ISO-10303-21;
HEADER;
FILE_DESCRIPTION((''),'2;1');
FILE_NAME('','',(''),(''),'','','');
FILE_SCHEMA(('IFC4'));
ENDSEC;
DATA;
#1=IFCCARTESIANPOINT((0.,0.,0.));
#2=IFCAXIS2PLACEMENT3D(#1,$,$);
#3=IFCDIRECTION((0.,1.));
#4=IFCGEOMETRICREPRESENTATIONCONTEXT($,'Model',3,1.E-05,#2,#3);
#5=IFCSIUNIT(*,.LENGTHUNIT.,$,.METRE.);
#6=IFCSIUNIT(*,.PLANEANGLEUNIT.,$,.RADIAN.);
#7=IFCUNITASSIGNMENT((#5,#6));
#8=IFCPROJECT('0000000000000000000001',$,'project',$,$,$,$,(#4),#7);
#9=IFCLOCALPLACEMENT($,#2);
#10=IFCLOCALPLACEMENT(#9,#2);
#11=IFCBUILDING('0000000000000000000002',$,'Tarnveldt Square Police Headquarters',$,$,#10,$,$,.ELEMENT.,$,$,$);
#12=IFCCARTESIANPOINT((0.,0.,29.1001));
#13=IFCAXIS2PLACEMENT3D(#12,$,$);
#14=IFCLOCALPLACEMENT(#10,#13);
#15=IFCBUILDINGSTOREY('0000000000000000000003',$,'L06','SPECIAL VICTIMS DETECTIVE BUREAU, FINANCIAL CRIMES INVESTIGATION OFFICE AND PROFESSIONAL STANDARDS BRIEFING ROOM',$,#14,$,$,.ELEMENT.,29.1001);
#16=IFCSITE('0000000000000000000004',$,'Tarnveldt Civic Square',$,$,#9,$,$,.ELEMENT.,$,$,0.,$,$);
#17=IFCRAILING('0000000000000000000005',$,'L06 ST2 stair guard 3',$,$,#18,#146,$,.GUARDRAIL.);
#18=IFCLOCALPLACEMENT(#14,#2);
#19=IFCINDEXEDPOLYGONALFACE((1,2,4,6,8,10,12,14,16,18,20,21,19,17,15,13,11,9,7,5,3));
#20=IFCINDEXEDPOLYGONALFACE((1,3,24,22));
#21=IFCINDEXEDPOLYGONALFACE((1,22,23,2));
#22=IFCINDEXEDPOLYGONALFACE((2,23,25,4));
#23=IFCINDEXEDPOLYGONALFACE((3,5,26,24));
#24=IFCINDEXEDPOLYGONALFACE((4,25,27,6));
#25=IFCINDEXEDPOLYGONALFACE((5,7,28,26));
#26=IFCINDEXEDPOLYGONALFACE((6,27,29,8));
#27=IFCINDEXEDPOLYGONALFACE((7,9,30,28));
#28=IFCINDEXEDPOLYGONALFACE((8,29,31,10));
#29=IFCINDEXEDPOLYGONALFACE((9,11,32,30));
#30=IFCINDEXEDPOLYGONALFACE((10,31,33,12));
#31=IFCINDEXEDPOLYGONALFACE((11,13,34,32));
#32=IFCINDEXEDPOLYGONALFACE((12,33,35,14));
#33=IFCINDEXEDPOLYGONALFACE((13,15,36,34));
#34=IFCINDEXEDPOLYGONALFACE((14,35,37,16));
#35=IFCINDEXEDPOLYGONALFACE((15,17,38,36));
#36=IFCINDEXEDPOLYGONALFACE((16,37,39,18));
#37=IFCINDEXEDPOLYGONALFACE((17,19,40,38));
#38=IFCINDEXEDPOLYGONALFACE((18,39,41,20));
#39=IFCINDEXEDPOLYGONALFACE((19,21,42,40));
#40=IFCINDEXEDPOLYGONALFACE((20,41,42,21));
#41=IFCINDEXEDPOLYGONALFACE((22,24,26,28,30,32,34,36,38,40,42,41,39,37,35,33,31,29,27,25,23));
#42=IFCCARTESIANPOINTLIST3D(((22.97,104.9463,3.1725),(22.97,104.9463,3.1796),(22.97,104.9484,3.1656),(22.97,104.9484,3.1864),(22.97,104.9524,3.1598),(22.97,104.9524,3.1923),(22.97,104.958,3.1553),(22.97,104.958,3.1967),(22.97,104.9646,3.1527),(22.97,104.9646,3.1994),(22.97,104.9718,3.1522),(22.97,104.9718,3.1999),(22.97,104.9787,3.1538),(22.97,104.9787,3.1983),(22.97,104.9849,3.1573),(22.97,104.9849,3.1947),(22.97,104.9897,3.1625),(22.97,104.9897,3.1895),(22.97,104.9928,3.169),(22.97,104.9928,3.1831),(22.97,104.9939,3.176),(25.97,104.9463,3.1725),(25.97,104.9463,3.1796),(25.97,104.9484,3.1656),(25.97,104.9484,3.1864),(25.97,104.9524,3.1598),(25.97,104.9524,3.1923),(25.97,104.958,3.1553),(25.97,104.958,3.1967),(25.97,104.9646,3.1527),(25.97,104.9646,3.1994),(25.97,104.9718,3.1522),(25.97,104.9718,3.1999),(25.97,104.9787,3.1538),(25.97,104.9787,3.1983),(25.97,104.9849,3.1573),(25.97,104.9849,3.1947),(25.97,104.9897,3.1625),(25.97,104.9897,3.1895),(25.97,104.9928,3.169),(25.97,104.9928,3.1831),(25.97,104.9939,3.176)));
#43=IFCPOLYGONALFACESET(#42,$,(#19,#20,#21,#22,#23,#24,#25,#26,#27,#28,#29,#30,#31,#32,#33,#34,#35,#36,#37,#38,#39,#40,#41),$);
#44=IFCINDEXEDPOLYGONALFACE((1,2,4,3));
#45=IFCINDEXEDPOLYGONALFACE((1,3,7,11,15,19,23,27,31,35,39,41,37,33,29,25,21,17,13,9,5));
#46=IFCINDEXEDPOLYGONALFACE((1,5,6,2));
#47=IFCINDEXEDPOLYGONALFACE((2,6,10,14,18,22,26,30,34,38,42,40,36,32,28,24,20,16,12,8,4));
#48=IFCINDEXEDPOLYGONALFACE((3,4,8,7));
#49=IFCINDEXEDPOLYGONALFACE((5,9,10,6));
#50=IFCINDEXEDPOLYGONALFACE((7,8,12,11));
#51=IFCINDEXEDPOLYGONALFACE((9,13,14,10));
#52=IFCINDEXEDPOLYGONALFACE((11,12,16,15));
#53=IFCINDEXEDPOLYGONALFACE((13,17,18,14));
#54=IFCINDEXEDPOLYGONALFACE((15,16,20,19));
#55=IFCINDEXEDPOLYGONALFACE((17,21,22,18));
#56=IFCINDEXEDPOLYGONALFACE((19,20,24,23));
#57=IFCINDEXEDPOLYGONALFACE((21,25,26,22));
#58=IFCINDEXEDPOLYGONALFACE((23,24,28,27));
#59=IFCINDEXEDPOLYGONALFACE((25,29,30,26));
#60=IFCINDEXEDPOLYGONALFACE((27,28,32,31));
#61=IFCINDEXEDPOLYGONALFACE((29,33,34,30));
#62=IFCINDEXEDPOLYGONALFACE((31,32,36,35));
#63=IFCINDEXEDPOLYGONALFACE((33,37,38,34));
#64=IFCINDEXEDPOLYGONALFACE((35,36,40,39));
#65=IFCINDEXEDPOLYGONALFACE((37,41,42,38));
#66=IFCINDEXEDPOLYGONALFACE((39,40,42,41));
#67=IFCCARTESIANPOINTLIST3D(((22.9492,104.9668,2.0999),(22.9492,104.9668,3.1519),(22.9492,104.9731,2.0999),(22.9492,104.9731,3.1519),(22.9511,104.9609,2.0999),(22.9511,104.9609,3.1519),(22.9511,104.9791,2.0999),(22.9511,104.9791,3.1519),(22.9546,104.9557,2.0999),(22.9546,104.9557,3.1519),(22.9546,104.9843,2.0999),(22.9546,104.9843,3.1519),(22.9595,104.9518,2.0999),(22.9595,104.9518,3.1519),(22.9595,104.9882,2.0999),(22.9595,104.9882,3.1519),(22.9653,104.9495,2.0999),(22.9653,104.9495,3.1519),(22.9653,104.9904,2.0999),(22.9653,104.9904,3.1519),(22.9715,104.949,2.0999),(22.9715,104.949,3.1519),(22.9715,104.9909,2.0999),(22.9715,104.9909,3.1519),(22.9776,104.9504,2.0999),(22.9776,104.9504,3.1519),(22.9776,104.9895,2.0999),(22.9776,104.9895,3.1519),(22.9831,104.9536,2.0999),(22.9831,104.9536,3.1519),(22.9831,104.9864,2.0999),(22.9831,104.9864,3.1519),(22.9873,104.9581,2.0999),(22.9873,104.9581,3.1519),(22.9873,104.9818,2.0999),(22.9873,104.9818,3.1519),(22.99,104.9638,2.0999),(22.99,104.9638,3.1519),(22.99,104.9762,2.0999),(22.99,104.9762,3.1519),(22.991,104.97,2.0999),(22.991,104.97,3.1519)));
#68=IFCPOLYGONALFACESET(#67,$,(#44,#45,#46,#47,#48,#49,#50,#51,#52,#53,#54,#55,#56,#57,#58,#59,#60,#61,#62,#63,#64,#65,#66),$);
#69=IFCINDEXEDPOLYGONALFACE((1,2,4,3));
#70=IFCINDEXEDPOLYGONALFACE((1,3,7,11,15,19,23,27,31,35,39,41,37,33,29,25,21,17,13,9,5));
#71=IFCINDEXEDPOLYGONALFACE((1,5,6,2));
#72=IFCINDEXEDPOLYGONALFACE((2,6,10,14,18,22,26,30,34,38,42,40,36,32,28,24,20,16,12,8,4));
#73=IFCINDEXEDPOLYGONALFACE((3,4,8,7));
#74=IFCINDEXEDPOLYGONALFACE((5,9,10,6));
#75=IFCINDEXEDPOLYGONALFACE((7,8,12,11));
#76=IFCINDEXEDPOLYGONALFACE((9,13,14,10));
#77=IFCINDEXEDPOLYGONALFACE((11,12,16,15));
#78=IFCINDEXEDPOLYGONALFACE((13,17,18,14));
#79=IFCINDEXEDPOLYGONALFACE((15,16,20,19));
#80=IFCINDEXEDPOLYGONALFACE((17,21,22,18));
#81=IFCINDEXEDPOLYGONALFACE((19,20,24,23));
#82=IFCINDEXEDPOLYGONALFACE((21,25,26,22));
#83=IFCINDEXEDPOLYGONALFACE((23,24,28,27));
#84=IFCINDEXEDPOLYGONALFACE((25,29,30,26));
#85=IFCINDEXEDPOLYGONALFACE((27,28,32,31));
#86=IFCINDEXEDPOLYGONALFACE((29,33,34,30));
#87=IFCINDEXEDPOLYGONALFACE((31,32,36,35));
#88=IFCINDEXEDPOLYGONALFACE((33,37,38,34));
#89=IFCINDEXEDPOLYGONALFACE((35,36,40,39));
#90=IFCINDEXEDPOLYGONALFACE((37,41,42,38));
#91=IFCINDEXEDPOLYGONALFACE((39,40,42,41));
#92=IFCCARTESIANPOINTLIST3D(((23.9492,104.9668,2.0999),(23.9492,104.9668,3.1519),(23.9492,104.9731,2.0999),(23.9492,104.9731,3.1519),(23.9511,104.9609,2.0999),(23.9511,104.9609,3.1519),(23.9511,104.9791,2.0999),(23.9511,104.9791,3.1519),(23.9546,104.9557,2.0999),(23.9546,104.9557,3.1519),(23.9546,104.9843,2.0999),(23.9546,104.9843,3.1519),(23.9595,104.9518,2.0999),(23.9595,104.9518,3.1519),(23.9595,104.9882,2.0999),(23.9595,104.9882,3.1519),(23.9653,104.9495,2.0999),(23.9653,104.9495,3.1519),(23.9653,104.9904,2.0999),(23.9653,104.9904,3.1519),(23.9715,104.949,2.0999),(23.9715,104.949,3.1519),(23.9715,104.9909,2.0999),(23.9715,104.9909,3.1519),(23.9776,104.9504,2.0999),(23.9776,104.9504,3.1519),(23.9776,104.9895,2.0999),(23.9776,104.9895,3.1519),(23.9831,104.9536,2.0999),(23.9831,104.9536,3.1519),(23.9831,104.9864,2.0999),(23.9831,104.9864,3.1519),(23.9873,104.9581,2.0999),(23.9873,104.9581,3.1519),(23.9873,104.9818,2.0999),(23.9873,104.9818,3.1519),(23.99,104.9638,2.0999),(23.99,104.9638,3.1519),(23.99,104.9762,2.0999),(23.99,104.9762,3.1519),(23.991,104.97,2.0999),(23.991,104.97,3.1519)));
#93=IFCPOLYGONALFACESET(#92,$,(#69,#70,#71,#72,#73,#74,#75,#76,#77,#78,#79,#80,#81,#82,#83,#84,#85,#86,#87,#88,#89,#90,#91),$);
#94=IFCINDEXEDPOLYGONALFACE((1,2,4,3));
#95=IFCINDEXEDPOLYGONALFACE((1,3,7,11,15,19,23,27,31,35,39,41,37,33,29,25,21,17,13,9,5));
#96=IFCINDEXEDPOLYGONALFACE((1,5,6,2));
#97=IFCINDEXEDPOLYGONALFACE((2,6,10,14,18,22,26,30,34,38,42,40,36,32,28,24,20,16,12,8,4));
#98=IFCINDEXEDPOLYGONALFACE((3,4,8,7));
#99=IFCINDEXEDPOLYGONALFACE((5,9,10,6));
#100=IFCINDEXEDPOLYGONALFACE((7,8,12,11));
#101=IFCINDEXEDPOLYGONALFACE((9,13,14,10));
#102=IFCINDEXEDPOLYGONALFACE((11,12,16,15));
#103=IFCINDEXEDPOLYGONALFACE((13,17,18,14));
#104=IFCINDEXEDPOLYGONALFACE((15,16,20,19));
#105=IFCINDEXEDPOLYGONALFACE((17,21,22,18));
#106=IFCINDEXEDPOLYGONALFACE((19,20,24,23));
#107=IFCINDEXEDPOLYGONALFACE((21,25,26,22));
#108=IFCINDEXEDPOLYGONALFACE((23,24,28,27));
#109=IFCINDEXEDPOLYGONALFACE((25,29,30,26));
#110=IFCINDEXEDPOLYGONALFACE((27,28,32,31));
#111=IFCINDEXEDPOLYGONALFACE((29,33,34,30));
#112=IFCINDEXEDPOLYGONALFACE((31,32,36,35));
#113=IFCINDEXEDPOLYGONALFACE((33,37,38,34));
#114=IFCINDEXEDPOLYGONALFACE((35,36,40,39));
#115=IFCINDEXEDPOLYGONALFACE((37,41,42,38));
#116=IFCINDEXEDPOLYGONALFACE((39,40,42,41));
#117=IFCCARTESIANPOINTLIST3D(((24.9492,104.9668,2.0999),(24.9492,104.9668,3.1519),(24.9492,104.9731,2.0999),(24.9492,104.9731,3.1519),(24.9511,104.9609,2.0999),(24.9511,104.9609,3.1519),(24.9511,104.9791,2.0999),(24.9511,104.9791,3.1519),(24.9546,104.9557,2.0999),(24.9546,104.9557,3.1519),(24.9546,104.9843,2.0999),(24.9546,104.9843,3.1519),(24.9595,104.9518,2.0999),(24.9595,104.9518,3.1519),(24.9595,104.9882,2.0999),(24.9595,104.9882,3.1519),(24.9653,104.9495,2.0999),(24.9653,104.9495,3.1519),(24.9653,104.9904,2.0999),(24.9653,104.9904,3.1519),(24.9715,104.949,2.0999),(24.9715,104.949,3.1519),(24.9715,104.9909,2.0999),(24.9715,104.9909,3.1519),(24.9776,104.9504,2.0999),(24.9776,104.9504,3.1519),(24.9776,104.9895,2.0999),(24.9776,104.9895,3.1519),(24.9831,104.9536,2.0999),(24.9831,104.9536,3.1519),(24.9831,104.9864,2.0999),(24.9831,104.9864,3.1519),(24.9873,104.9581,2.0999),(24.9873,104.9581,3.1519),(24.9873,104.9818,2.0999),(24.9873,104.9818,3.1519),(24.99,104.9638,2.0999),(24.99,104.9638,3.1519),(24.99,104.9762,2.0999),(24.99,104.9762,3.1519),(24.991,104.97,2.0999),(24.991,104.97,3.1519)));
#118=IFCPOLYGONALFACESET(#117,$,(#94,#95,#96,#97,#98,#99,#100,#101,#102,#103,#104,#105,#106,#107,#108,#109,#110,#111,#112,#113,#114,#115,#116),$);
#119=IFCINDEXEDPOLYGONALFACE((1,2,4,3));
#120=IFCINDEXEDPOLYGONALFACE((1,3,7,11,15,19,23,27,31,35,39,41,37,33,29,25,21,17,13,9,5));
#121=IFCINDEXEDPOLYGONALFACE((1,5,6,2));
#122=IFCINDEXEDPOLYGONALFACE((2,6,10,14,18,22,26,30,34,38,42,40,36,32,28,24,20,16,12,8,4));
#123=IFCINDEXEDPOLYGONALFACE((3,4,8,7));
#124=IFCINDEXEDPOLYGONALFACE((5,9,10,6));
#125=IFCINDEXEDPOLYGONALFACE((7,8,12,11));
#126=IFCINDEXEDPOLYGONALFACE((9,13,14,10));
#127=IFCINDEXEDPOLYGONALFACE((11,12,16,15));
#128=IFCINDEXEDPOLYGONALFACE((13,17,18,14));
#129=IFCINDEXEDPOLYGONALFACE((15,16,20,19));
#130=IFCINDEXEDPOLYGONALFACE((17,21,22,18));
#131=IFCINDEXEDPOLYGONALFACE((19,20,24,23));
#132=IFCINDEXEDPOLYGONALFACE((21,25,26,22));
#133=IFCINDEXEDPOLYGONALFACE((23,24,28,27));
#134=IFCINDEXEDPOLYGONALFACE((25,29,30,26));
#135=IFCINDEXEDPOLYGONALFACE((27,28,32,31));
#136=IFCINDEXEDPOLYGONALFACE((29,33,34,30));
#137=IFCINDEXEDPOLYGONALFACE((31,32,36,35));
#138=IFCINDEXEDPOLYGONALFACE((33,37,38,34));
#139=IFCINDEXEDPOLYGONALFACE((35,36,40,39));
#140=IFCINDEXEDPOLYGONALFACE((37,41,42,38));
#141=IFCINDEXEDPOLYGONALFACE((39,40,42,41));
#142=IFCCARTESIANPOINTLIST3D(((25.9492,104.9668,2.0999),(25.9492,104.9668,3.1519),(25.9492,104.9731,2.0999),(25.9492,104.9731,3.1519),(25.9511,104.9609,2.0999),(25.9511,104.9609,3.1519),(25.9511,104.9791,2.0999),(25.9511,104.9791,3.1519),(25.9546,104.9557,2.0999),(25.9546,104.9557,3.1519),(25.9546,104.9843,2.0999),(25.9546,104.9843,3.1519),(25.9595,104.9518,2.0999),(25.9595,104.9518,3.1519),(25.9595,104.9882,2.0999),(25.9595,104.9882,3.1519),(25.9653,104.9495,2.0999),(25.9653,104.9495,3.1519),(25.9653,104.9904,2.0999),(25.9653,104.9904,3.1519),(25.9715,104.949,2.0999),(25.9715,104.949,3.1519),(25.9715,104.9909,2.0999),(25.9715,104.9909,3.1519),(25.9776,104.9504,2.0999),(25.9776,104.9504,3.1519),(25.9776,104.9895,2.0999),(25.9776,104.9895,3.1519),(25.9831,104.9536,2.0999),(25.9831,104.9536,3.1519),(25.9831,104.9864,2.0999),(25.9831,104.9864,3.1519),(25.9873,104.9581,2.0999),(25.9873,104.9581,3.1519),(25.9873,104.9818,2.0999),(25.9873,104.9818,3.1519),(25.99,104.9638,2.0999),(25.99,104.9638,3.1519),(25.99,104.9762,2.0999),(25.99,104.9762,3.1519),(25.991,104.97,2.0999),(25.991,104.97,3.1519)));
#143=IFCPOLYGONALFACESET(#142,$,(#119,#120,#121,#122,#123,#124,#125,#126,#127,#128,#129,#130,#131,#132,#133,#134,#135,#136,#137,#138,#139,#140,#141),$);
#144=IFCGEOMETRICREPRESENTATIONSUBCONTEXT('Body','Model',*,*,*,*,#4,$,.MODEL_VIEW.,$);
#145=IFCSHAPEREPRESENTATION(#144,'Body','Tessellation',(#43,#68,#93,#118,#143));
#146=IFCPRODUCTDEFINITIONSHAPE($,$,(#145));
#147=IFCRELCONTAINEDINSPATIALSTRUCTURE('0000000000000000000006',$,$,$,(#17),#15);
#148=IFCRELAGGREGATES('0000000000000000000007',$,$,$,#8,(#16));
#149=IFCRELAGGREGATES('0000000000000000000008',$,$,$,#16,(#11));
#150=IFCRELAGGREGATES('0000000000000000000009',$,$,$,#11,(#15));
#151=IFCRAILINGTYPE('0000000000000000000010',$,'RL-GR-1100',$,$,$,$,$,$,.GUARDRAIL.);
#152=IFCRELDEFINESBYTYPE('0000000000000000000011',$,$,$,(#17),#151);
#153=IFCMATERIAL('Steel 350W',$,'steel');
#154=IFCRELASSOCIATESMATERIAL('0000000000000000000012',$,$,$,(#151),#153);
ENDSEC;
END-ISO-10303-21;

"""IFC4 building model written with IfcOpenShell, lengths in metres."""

from ifc_helpers import new_model, si_unit, direction, frame, origin, origin_2d, place, context, subcontext, project, spatial, circle, extrude, material, type_object, element, save


model = new_model("IFC4")

# Units and contexts
model_context = context("Model", 3, precision=1e-05, world=origin(), true_north=direction((0.0, 1.0)))
body_context = subcontext(model_context, "Body", "Model", "MODEL_VIEW")
ifc_project = project(units=[si_unit("LENGTHUNIT", "METRE"), si_unit("PLANEANGLEUNIT", "RADIAN")], contexts=[model_context])

# Site, building, storey
site_placement = place(None, origin())
site = spatial("IfcSite", under=ifc_project, at=site_placement, Name="Tarnveldt Civic Square", CompositionType="ELEMENT", RefElevation=0.0)
building_placement = place(site_placement, origin())
building = spatial("IfcBuilding", under=site, at=building_placement, Name="Tarnveldt Square Police Headquarters", CompositionType="ELEMENT")
storey_placement = place(building_placement, frame((0.0, 0.0, 29.1001)))
storey = spatial("IfcBuildingStorey", under=building, at=storey_placement, Name="L06", Description="SPECIAL VICTIMS DETECTIVE BUREAU, FINANCIAL CRIMES INVESTIGATION OFFICE AND PROFESSIONAL STANDARDS BRIEFING ROOM", CompositionType="ELEMENT", Elevation=29.1001)

# Shared definitions
ifc_material_1 = material(Name="Steel 350W", Category="steel")

# Railing
railing_type_1 = type_object("IfcRailingType", Name="RL-GR-1100", PredefinedType="GUARDRAIL", material=ifc_material_1)
railing_1_placement = place(storey_placement, frame((22.97, 104.97, 2.0999)))
element("IfcRailing", 1, at=railing_1_placement, inside=storey, type_object=railing_type_1, Name="L06 ST2 stair guard 3", PredefinedType="GUARDRAIL", context=body_context, shape_type="SweptSolid", body=[
    extrude(circle(Radius=0.0239, at=origin_2d()), frame((0.0, 0.0, 1.0762), z_axis=(1.0, 0.0, 0.0), x_axis=(0.0, 1.0, 0.0)), (0.0, 0.0, 1.0), 3.0),
    extrude(circle(Radius=0.021, at=origin_2d()), origin(), (0.0, 0.0, 1.0), 1.052),
    extrude(circle(Radius=0.021, at=origin_2d()), frame((1.0, 0.0, 0.0)), (0.0, 0.0, 1.0), 1.052),
    extrude(circle(Radius=0.021, at=origin_2d()), frame((2.0, 0.0, 0.0)), (0.0, 0.0, 1.0), 1.052),
    extrude(circle(Radius=0.021, at=origin_2d()), frame((3.0, 0.0, 0.0)), (0.0, 0.0, 1.0), 1.052),
])

save(model, "model.ifc")
